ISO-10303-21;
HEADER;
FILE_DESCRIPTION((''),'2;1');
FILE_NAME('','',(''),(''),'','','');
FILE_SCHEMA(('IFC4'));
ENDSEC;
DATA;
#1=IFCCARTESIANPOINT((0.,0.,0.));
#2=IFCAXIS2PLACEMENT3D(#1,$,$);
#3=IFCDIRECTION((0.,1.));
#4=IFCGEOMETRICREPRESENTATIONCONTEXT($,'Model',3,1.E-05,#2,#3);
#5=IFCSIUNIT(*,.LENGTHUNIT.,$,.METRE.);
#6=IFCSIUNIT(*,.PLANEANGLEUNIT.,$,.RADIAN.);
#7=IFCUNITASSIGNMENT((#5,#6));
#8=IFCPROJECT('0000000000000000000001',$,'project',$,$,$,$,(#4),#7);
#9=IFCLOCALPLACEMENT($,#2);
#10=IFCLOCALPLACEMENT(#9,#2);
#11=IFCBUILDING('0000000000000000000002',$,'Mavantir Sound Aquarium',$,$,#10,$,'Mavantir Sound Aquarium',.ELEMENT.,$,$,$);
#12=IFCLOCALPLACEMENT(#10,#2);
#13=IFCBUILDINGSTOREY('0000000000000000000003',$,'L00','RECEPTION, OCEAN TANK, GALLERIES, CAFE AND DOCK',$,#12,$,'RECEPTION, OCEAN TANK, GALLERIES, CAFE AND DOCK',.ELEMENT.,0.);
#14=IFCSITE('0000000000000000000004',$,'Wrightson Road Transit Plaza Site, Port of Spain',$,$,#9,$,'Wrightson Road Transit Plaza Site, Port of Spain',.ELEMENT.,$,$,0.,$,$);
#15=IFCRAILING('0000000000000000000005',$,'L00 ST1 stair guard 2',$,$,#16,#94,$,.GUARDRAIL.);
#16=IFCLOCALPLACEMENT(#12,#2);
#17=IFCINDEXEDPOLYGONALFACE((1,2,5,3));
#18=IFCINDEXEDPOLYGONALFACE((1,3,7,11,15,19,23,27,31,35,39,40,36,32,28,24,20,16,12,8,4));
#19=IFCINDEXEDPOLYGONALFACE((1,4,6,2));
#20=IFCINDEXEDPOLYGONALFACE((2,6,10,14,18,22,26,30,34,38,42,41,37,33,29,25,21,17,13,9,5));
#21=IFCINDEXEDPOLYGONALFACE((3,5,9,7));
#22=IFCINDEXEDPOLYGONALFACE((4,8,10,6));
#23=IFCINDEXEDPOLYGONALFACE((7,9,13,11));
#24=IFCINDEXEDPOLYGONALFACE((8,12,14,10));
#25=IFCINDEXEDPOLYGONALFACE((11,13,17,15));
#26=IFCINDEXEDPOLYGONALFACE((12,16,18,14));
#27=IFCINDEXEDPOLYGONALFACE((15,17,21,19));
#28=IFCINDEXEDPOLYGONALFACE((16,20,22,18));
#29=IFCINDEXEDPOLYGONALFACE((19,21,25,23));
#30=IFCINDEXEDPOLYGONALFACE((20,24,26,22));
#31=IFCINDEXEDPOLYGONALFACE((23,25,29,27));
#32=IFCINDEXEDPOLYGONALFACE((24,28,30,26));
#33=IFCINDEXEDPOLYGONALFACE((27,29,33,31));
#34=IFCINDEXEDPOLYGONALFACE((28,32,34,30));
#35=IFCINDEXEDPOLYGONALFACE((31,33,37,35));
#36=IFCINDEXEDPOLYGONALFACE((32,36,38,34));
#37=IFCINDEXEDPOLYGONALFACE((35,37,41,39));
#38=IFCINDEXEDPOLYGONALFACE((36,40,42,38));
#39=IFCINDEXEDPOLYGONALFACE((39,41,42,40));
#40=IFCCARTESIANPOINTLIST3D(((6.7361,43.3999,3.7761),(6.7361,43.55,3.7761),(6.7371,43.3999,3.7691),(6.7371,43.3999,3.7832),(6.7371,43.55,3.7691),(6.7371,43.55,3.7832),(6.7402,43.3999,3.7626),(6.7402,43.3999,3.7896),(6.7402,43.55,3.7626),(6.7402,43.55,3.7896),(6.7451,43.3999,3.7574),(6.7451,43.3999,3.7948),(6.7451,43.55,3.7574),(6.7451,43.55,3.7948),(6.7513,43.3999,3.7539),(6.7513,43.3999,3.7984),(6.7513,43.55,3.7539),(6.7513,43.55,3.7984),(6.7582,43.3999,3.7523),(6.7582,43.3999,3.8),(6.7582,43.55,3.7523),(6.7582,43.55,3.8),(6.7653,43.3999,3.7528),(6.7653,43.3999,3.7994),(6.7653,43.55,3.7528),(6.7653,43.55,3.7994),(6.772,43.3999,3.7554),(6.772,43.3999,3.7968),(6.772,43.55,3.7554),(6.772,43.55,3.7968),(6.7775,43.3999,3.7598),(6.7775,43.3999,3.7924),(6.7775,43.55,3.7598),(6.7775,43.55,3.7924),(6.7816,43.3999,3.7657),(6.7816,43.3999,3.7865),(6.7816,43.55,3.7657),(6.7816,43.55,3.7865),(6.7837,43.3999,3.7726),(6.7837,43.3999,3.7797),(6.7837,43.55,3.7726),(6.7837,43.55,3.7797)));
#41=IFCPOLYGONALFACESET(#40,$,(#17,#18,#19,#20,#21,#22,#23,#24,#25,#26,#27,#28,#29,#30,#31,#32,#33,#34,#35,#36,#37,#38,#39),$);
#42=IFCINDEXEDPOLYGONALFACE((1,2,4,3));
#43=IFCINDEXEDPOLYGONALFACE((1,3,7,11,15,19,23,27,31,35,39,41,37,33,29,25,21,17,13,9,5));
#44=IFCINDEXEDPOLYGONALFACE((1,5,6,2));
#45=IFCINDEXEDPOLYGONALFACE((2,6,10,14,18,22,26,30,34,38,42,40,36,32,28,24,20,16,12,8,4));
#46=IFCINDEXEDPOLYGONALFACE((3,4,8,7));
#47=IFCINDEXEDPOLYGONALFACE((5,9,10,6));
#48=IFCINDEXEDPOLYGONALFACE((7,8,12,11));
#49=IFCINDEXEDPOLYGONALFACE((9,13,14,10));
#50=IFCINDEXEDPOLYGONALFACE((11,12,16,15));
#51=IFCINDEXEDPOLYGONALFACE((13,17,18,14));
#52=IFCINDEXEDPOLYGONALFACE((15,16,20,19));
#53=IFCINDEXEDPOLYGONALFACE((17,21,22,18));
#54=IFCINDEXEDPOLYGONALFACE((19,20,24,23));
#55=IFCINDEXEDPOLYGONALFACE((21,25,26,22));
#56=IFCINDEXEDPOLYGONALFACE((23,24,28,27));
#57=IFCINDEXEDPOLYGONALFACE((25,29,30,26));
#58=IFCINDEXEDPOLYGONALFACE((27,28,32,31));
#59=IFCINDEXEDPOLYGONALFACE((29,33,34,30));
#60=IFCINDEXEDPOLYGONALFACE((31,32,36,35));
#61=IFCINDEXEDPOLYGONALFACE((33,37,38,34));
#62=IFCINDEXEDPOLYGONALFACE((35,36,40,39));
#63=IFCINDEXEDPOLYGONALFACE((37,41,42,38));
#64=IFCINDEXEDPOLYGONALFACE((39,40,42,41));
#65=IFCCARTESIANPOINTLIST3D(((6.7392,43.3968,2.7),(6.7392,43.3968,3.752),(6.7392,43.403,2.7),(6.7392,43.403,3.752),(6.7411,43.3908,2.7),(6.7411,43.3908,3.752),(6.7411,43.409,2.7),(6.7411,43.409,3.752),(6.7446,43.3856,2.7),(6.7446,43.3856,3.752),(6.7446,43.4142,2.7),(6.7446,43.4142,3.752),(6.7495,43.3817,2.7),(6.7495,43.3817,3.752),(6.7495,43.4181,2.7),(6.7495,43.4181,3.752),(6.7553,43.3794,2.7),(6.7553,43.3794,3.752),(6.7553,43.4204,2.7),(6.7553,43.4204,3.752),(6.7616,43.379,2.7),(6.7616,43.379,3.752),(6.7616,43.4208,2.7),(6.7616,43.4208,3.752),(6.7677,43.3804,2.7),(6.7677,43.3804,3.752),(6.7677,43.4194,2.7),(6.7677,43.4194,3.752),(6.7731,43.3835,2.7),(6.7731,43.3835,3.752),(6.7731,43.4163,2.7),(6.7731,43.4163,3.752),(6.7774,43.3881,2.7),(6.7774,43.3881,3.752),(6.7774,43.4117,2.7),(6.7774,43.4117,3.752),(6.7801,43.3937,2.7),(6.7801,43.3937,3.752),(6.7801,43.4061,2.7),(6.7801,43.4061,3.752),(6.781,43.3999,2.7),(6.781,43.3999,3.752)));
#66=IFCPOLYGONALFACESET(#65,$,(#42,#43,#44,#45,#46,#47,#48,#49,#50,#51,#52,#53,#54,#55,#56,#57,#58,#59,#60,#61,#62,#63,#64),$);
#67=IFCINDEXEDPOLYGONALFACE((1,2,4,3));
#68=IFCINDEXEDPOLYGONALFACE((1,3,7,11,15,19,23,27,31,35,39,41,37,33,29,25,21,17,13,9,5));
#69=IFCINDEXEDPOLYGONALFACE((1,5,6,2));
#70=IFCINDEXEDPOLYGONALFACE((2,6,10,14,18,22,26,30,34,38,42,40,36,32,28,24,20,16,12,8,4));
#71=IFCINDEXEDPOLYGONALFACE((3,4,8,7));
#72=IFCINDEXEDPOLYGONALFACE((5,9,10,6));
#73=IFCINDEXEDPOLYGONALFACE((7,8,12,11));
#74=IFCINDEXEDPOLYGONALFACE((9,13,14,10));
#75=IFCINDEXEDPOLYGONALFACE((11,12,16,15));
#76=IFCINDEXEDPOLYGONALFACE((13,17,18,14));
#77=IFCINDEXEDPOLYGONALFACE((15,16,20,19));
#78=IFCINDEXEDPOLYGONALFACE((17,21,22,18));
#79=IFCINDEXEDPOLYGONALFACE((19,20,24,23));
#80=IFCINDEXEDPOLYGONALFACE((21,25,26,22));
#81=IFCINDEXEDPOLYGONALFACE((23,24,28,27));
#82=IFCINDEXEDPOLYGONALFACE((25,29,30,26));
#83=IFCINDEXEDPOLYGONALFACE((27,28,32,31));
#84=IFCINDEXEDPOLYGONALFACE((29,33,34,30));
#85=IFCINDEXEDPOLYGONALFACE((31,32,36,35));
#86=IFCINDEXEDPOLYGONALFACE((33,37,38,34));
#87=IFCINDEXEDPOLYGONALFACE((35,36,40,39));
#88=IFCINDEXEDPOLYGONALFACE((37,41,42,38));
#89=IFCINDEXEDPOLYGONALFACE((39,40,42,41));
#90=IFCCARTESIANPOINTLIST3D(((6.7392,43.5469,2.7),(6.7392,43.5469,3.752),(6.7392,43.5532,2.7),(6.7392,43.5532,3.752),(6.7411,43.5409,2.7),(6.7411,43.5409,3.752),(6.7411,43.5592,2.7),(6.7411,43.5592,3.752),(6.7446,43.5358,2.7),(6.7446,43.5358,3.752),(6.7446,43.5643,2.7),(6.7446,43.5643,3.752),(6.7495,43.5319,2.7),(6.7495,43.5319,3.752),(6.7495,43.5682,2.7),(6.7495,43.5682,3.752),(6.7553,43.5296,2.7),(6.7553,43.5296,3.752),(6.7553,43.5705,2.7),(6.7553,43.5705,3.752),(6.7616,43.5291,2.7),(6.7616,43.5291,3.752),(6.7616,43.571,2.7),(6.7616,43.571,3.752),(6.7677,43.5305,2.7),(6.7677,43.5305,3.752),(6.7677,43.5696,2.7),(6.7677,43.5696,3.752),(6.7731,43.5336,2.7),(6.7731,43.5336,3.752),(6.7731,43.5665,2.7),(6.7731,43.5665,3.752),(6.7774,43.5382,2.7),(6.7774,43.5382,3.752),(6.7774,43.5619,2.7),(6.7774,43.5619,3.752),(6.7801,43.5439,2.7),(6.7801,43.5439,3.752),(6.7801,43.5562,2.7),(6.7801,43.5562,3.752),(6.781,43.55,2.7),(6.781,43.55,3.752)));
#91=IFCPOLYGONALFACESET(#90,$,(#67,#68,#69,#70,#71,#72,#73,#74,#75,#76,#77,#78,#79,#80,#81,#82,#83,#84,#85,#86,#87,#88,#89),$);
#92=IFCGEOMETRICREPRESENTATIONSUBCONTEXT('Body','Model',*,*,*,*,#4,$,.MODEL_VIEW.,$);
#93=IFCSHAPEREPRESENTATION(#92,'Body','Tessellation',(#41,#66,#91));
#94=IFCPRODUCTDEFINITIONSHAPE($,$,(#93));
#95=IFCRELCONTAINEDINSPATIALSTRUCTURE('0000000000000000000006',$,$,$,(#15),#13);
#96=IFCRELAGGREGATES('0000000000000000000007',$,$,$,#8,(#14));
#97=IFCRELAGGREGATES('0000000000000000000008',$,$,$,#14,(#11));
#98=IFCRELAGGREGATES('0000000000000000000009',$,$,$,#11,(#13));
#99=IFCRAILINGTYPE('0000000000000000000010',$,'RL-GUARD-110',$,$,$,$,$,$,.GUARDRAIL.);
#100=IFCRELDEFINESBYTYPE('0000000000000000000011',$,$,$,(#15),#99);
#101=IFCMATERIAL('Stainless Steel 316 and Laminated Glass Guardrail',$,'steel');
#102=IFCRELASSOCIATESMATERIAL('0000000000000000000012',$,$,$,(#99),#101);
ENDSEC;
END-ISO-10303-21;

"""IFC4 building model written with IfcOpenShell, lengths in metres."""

from ifc_helpers import new_model, si_unit, direction, frame, origin, origin_2d, place, context, subcontext, project, spatial, circle, extrude, material, type_object, element, save


model = new_model("IFC4")

# Units and contexts
model_context = context("Model", 3, precision=1e-05, world=origin(), true_north=direction((0.0, 1.0)))
body_context = subcontext(model_context, "Body", "Model", "MODEL_VIEW")
ifc_project = project(units=[si_unit("LENGTHUNIT", "METRE"), si_unit("PLANEANGLEUNIT", "RADIAN")], contexts=[model_context])

# Site, building, storey
site_placement = place(None, origin())
site = spatial("IfcSite", under=ifc_project, at=site_placement, Name="Wrightson Road Transit Plaza Site, Port of Spain", LongName="Wrightson Road Transit Plaza Site, Port of Spain", CompositionType="ELEMENT", RefElevation=0.0)
building_placement = place(site_placement, origin())
building = spatial("IfcBuilding", under=site, at=building_placement, Name="Mavantir Sound Aquarium", LongName="Mavantir Sound Aquarium", CompositionType="ELEMENT")
storey_placement = place(building_placement, origin())
storey = spatial("IfcBuildingStorey", under=building, at=storey_placement, Name="L00", Description="RECEPTION, OCEAN TANK, GALLERIES, CAFE AND DOCK", LongName="RECEPTION, OCEAN TANK, GALLERIES, CAFE AND DOCK", CompositionType="ELEMENT", Elevation=0.0)

# Railing
ifc_material_1 = material(Name="Stainless Steel 316 and Laminated Glass Guardrail", Category="steel")
railing_type_1 = type_object("IfcRailingType", Name="RL-GUARD-110", PredefinedType="GUARDRAIL", material=ifc_material_1)
railing_1_placement = place(storey_placement, frame((6.76, 43.3999, 2.7)))
element("IfcRailing", 1, at=railing_1_placement, inside=storey, type_object=railing_type_1, Name="L00 ST1 stair guard 2", PredefinedType="GUARDRAIL", context=body_context, shape_type="SweptSolid", body=[
    extrude(circle(Radius=0.0239, at=origin_2d()), frame((0.0, 0.0, 1.0762), z_axis=(0.0, 1.0, 0.0), x_axis=(-1.0, 0.0, 0.0)), (0.0, 0.0, 1.0), 0.1501),
    extrude(circle(Radius=0.021, at=origin_2d()), origin(), (0.0, 0.0, 1.0), 1.052),
    extrude(circle(Radius=0.021, at=origin_2d()), frame((0.0, 0.1501, 0.0)), (0.0, 0.0, 1.0), 1.052),
])

save(model, "model.ifc")
